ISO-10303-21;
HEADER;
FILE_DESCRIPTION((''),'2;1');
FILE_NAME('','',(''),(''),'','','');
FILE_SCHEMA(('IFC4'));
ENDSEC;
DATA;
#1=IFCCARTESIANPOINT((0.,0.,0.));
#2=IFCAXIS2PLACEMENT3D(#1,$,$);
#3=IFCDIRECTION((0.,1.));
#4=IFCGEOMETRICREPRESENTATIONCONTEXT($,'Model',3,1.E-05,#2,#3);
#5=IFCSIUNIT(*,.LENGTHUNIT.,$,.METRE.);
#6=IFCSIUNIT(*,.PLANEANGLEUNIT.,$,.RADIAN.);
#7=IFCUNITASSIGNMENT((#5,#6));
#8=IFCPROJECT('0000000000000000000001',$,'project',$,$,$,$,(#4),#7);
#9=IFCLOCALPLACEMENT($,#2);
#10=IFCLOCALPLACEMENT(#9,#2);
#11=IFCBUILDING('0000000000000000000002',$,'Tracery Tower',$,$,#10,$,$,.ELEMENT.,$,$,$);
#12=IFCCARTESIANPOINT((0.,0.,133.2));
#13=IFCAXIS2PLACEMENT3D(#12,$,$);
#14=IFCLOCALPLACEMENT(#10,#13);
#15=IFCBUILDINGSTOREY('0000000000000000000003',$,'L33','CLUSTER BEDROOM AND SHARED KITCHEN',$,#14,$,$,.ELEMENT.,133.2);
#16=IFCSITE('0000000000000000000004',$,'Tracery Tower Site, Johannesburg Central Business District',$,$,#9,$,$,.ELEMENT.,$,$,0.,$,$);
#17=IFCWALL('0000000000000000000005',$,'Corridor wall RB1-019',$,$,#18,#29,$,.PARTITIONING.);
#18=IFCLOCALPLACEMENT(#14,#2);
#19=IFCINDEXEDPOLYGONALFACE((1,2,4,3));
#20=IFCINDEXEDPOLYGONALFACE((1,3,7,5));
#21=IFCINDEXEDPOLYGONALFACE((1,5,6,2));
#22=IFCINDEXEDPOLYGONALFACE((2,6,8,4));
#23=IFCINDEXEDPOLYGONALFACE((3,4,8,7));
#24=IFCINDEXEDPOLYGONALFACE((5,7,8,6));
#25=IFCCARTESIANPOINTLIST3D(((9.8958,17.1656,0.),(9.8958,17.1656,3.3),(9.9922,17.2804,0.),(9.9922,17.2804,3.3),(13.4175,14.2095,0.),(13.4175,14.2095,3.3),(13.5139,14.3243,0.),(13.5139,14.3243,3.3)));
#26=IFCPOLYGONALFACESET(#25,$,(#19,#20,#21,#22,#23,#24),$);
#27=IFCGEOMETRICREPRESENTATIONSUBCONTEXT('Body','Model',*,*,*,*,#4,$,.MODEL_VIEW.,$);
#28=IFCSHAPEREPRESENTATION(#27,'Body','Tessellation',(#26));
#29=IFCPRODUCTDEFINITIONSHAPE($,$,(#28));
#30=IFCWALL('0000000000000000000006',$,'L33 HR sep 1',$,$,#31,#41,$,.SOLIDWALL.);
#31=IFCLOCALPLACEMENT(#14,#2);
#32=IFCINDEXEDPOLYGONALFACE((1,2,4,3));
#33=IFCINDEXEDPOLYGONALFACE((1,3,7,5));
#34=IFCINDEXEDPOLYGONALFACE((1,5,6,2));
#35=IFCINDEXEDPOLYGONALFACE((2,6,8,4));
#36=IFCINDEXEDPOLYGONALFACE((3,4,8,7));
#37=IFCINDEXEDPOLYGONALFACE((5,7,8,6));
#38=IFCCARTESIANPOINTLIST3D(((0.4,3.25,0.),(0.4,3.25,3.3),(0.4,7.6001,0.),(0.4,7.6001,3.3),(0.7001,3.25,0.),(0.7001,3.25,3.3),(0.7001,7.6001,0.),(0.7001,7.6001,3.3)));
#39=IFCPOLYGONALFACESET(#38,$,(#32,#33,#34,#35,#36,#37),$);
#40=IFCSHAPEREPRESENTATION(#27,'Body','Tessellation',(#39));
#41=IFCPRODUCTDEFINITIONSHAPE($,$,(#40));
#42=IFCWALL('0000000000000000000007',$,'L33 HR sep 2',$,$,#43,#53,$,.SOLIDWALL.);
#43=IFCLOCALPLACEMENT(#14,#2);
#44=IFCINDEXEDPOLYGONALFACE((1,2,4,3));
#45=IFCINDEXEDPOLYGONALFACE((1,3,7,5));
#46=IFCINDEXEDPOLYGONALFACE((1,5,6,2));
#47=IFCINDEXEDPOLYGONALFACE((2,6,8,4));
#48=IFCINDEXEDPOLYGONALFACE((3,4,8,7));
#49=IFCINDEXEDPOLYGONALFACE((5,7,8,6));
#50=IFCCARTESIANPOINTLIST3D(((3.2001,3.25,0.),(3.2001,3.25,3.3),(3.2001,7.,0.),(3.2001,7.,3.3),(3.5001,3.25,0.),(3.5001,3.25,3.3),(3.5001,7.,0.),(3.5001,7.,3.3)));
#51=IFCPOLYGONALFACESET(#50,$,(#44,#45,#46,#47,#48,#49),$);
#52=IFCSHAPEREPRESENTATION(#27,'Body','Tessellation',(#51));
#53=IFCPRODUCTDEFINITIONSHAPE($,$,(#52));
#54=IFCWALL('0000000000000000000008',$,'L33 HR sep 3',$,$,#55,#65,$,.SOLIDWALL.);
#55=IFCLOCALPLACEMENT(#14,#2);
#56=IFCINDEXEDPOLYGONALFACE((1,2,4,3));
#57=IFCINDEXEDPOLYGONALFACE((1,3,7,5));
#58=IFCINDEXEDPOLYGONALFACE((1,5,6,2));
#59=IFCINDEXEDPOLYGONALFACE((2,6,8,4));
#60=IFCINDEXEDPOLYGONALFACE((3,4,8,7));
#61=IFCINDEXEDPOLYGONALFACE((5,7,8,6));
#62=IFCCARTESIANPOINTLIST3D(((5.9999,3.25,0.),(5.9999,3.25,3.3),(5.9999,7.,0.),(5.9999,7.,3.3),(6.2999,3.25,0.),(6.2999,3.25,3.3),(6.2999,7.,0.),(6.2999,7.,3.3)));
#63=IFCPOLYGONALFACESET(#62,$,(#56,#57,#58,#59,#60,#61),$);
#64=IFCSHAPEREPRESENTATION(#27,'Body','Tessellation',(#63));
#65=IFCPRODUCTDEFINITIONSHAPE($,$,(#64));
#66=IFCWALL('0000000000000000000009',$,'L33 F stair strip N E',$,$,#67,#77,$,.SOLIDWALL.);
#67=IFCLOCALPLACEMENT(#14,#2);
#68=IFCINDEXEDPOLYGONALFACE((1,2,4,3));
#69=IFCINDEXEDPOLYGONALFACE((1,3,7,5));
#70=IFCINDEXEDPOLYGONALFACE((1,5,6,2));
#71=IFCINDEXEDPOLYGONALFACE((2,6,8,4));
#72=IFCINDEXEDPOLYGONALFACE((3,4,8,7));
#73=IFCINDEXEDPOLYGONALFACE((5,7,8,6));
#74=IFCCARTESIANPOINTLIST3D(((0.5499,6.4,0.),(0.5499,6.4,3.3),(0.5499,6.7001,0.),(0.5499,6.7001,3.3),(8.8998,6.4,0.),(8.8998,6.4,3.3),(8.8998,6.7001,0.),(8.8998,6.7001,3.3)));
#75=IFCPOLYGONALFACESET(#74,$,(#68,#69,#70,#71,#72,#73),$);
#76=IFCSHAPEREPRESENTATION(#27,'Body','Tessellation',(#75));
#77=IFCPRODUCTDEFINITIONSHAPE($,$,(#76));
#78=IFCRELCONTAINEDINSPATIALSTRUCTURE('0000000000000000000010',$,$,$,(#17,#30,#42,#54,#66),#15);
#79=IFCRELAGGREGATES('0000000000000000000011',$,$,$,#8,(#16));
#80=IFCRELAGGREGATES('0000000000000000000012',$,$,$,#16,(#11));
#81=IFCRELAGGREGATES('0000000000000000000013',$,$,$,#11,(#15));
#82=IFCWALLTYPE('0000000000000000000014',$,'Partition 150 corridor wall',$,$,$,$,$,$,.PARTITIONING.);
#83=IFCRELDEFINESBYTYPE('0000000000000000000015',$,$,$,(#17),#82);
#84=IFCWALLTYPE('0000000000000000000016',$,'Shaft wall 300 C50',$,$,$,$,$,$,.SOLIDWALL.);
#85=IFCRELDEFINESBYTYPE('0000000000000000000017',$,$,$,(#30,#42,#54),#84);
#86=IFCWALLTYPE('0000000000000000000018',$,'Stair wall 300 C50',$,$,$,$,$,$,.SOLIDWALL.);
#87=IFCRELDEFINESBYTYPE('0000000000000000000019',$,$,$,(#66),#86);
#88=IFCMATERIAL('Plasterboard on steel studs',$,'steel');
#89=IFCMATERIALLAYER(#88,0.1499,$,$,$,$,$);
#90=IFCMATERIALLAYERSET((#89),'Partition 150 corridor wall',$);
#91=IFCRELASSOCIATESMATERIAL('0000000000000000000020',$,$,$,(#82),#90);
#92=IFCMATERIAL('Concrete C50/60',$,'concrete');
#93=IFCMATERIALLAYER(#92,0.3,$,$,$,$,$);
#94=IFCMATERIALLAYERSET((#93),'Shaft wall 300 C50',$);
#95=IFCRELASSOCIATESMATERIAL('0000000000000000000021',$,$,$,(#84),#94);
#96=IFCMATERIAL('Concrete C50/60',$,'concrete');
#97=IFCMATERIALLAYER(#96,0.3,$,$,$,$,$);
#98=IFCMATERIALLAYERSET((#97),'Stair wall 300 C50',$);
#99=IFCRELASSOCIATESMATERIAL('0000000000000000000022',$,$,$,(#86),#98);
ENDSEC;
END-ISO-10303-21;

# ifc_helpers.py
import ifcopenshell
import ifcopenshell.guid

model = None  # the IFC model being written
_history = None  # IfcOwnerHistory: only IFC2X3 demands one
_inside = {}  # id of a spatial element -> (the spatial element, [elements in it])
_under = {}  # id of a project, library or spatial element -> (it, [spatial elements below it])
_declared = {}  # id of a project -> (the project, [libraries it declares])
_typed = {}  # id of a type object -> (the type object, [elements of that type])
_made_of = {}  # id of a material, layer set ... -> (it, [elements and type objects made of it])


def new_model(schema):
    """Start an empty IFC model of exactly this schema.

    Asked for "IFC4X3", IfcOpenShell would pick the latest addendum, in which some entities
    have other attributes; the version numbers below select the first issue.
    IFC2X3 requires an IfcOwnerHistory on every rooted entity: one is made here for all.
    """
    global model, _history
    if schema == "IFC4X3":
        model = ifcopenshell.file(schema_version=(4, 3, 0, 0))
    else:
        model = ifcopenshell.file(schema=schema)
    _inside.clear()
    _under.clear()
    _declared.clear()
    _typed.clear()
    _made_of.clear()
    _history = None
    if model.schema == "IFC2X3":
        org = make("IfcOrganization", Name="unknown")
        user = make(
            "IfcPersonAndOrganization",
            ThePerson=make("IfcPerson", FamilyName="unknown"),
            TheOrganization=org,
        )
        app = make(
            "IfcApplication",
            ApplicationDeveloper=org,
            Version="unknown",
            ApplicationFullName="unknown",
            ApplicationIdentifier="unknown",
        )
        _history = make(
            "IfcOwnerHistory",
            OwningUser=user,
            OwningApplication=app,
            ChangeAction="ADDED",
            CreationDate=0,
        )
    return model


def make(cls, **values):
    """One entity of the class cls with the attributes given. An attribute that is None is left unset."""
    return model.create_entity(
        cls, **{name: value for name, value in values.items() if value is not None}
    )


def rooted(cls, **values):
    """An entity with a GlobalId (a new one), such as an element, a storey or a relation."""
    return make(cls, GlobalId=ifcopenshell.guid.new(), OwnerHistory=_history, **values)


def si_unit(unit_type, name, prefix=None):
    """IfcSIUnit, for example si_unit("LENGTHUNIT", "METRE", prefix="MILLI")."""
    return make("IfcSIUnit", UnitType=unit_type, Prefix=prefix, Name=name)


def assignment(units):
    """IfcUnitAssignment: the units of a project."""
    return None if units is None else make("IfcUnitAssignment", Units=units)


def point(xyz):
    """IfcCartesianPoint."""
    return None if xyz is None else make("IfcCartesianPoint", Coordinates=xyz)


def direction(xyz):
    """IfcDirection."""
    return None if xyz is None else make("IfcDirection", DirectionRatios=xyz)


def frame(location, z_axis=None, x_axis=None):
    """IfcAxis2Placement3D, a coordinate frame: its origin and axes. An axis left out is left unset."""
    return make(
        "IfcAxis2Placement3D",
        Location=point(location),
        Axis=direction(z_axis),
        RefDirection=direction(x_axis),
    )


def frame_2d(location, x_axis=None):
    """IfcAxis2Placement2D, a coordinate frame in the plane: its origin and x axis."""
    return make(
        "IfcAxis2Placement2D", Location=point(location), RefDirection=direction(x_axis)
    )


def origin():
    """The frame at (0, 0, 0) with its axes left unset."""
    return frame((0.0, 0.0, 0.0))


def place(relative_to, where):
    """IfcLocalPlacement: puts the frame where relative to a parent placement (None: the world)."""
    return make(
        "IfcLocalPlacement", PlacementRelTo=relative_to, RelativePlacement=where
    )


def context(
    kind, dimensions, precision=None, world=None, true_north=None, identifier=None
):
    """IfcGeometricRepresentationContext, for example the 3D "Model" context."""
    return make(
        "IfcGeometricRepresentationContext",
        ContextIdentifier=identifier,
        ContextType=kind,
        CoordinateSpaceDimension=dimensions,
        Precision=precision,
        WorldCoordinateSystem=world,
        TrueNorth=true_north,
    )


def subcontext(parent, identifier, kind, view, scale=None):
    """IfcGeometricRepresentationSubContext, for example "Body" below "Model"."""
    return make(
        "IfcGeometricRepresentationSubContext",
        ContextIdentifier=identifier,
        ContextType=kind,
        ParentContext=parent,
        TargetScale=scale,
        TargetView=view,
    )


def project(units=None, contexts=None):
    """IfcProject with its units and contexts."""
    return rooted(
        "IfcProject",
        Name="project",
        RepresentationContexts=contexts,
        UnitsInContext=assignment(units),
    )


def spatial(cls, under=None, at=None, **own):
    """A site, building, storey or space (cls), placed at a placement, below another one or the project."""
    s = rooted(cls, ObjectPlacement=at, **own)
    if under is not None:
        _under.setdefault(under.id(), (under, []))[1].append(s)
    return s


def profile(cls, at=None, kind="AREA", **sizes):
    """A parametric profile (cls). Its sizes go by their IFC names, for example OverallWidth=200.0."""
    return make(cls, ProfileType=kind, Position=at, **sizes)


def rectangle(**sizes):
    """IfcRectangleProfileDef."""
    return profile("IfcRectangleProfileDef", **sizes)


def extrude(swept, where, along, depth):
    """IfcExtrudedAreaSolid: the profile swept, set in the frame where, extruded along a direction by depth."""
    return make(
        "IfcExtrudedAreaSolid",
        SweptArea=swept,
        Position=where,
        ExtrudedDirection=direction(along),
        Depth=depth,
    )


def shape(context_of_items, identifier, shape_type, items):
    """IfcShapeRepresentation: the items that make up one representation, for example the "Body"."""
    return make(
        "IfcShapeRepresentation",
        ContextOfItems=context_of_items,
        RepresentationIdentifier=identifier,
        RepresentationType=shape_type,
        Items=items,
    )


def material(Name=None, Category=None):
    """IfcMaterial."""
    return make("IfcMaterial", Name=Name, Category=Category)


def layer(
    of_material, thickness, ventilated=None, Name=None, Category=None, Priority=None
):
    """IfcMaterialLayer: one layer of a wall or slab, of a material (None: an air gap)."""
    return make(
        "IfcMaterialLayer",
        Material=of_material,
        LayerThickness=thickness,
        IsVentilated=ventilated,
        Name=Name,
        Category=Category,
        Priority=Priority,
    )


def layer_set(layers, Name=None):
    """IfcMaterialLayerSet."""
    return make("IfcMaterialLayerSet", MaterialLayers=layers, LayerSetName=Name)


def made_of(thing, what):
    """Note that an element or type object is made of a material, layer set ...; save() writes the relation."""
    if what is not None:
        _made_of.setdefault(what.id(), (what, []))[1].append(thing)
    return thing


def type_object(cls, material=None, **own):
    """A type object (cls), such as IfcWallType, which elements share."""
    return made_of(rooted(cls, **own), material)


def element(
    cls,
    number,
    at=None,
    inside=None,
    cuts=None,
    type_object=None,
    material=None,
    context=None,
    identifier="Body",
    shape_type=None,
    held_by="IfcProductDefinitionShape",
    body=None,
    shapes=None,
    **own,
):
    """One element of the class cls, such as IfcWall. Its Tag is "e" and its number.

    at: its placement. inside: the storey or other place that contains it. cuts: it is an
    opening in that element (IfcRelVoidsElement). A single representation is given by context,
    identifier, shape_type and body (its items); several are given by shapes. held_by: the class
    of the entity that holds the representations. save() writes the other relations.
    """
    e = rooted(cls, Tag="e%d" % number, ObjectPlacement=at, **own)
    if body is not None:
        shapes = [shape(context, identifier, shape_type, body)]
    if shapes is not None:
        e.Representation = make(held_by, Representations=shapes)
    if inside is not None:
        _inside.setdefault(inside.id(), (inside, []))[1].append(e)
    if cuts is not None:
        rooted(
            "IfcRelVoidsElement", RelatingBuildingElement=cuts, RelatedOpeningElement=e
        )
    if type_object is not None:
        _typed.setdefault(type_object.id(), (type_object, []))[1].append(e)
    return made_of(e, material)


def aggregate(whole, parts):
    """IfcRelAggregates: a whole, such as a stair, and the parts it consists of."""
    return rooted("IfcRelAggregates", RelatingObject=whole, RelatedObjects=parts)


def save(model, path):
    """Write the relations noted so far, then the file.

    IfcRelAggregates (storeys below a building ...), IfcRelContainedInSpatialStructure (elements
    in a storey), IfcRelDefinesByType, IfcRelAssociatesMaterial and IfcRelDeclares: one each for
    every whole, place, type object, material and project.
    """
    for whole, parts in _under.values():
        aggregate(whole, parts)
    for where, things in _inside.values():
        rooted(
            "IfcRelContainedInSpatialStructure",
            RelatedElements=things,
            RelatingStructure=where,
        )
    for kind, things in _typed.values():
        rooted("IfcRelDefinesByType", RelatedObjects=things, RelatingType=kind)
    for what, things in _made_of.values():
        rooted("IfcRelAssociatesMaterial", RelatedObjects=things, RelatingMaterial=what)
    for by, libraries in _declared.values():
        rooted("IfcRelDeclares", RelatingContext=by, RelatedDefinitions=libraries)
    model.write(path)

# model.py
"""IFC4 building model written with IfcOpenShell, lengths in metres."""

from ifc_helpers import new_model, si_unit, direction, frame, frame_2d, origin, place, context, subcontext, project, spatial, rectangle, extrude, material, layer, layer_set, type_object, element, save


model = new_model("IFC4")

# Units and contexts
model_context = context("Model", 3, precision=1e-05, world=origin(), true_north=direction((0.0, 1.0)))
body_context = subcontext(model_context, "Body", "Model", "MODEL_VIEW")
ifc_project = project(units=[si_unit("LENGTHUNIT", "METRE"), si_unit("PLANEANGLEUNIT", "RADIAN")], contexts=[model_context])

# Site, building, storey
site_placement = place(None, origin())
site = spatial("IfcSite", under=ifc_project, at=site_placement, Name="Tracery Tower Site, Johannesburg Central Business District", CompositionType="ELEMENT", RefElevation=0.0)
building_placement = place(site_placement, origin())
building = spatial("IfcBuilding", under=site, at=building_placement, Name="Tracery Tower", CompositionType="ELEMENT")
storey_placement = place(building_placement, frame((0.0, 0.0, 133.2)))
storey = spatial("IfcBuildingStorey", under=building, at=storey_placement, Name="L33", Description="CLUSTER BEDROOM AND SHARED KITCHEN", CompositionType="ELEMENT", Elevation=133.2)

# Walls
ifc_material_1 = material(Name="Plasterboard on steel studs", Category="steel")
ifc_layer_1 = layer(ifc_material_1, 0.1499)
ifc_layer_set_1 = layer_set([ifc_layer_1], Name="Partition 150 corridor wall")
wall_type_1 = type_object("IfcWallType", Name="Partition 150 corridor wall", PredefinedType="PARTITIONING", material=ifc_layer_set_1)
wall_1_placement = place(storey_placement, frame((9.9441, 17.2229, 0.0), z_axis=(0.0, 0.0, 1.0), x_axis=(0.76594, -0.642912, 0.0)))
element("IfcWall", 1, at=wall_1_placement, inside=storey, type_object=wall_type_1, Name="Corridor wall RB1-019", PredefinedType="PARTITIONING", context=body_context, shape_type="SweptSolid", body=[
    extrude(rectangle(XDim=4.5979, YDim=0.1499, at=frame_2d((2.2988, 0.0))), origin(), (0.0, 0.0, 1.0), 3.3),
])
ifc_material_2 = material(Name="Concrete C50/60", Category="concrete")
ifc_layer_2 = layer(ifc_material_2, 0.3)
ifc_layer_set_2 = layer_set([ifc_layer_2], Name="Shaft wall 300 C50")
wall_type_2 = type_object("IfcWallType", Name="Shaft wall 300 C50", PredefinedType="SOLIDWALL", material=ifc_layer_set_2)
wall_2_placement = place(storey_placement, frame((0.55, 3.25, 0.0), z_axis=(0.0, 0.0, 1.0), x_axis=(0.0, 1.0, 0.0)))
element("IfcWall", 2, at=wall_2_placement, inside=storey, type_object=wall_type_2, Name="L33 HR sep 1", PredefinedType="SOLIDWALL", context=body_context, shape_type="SweptSolid", body=[
    extrude(rectangle(XDim=4.3501, YDim=0.3, at=frame_2d((2.175, 0.0))), origin(), (0.0, 0.0, 1.0), 3.3),
])
for number, where, z_axis, x_axis, name in (
    (3, (3.3501, 3.25, 0.0), (0.0, 0.0, 1.0), (0.0, 1.0, 0.0), "L33 HR sep 2"),
    (4, (6.1499, 3.25, 0.0), (0.0, 0.0, 1.0), (0.0, 1.0, 0.0), "L33 HR sep 3"),
):
    element("IfcWall", number, at=place(storey_placement, frame(where, z_axis=z_axis, x_axis=x_axis)), inside=storey, type_object=wall_type_2, Name=name, PredefinedType="SOLIDWALL", context=body_context, shape_type="SweptSolid", body=[
        extrude(rectangle(XDim=3.75, YDim=0.3, at=frame_2d((1.875, 0.0))), origin(), (0.0, 0.0, 1.0), 3.3),
    ])

# Wall
ifc_material_3 = material(Name="Concrete C50/60", Category="concrete")
ifc_layer_3 = layer(ifc_material_3, 0.3)
ifc_layer_set_3 = layer_set([ifc_layer_3], Name="Stair wall 300 C50")
wall_type_3 = type_object("IfcWallType", Name="Stair wall 300 C50", PredefinedType="SOLIDWALL", material=ifc_layer_set_3)
wall_3_placement = place(storey_placement, frame((0.55, 6.55, 0.0), z_axis=(0.0, 0.0, 1.0), x_axis=(1.0, 0.0, 0.0)))
element("IfcWall", 5, at=wall_3_placement, inside=storey, type_object=wall_type_3, Name="L33 F stair strip N E", PredefinedType="SOLIDWALL", context=body_context, shape_type="SweptSolid", body=[
    extrude(rectangle(XDim=8.3499, YDim=0.3, at=frame_2d((4.1748, 0.0))), origin(), (0.0, 0.0, 1.0), 3.3),
])

save(model, "model.ifc")
